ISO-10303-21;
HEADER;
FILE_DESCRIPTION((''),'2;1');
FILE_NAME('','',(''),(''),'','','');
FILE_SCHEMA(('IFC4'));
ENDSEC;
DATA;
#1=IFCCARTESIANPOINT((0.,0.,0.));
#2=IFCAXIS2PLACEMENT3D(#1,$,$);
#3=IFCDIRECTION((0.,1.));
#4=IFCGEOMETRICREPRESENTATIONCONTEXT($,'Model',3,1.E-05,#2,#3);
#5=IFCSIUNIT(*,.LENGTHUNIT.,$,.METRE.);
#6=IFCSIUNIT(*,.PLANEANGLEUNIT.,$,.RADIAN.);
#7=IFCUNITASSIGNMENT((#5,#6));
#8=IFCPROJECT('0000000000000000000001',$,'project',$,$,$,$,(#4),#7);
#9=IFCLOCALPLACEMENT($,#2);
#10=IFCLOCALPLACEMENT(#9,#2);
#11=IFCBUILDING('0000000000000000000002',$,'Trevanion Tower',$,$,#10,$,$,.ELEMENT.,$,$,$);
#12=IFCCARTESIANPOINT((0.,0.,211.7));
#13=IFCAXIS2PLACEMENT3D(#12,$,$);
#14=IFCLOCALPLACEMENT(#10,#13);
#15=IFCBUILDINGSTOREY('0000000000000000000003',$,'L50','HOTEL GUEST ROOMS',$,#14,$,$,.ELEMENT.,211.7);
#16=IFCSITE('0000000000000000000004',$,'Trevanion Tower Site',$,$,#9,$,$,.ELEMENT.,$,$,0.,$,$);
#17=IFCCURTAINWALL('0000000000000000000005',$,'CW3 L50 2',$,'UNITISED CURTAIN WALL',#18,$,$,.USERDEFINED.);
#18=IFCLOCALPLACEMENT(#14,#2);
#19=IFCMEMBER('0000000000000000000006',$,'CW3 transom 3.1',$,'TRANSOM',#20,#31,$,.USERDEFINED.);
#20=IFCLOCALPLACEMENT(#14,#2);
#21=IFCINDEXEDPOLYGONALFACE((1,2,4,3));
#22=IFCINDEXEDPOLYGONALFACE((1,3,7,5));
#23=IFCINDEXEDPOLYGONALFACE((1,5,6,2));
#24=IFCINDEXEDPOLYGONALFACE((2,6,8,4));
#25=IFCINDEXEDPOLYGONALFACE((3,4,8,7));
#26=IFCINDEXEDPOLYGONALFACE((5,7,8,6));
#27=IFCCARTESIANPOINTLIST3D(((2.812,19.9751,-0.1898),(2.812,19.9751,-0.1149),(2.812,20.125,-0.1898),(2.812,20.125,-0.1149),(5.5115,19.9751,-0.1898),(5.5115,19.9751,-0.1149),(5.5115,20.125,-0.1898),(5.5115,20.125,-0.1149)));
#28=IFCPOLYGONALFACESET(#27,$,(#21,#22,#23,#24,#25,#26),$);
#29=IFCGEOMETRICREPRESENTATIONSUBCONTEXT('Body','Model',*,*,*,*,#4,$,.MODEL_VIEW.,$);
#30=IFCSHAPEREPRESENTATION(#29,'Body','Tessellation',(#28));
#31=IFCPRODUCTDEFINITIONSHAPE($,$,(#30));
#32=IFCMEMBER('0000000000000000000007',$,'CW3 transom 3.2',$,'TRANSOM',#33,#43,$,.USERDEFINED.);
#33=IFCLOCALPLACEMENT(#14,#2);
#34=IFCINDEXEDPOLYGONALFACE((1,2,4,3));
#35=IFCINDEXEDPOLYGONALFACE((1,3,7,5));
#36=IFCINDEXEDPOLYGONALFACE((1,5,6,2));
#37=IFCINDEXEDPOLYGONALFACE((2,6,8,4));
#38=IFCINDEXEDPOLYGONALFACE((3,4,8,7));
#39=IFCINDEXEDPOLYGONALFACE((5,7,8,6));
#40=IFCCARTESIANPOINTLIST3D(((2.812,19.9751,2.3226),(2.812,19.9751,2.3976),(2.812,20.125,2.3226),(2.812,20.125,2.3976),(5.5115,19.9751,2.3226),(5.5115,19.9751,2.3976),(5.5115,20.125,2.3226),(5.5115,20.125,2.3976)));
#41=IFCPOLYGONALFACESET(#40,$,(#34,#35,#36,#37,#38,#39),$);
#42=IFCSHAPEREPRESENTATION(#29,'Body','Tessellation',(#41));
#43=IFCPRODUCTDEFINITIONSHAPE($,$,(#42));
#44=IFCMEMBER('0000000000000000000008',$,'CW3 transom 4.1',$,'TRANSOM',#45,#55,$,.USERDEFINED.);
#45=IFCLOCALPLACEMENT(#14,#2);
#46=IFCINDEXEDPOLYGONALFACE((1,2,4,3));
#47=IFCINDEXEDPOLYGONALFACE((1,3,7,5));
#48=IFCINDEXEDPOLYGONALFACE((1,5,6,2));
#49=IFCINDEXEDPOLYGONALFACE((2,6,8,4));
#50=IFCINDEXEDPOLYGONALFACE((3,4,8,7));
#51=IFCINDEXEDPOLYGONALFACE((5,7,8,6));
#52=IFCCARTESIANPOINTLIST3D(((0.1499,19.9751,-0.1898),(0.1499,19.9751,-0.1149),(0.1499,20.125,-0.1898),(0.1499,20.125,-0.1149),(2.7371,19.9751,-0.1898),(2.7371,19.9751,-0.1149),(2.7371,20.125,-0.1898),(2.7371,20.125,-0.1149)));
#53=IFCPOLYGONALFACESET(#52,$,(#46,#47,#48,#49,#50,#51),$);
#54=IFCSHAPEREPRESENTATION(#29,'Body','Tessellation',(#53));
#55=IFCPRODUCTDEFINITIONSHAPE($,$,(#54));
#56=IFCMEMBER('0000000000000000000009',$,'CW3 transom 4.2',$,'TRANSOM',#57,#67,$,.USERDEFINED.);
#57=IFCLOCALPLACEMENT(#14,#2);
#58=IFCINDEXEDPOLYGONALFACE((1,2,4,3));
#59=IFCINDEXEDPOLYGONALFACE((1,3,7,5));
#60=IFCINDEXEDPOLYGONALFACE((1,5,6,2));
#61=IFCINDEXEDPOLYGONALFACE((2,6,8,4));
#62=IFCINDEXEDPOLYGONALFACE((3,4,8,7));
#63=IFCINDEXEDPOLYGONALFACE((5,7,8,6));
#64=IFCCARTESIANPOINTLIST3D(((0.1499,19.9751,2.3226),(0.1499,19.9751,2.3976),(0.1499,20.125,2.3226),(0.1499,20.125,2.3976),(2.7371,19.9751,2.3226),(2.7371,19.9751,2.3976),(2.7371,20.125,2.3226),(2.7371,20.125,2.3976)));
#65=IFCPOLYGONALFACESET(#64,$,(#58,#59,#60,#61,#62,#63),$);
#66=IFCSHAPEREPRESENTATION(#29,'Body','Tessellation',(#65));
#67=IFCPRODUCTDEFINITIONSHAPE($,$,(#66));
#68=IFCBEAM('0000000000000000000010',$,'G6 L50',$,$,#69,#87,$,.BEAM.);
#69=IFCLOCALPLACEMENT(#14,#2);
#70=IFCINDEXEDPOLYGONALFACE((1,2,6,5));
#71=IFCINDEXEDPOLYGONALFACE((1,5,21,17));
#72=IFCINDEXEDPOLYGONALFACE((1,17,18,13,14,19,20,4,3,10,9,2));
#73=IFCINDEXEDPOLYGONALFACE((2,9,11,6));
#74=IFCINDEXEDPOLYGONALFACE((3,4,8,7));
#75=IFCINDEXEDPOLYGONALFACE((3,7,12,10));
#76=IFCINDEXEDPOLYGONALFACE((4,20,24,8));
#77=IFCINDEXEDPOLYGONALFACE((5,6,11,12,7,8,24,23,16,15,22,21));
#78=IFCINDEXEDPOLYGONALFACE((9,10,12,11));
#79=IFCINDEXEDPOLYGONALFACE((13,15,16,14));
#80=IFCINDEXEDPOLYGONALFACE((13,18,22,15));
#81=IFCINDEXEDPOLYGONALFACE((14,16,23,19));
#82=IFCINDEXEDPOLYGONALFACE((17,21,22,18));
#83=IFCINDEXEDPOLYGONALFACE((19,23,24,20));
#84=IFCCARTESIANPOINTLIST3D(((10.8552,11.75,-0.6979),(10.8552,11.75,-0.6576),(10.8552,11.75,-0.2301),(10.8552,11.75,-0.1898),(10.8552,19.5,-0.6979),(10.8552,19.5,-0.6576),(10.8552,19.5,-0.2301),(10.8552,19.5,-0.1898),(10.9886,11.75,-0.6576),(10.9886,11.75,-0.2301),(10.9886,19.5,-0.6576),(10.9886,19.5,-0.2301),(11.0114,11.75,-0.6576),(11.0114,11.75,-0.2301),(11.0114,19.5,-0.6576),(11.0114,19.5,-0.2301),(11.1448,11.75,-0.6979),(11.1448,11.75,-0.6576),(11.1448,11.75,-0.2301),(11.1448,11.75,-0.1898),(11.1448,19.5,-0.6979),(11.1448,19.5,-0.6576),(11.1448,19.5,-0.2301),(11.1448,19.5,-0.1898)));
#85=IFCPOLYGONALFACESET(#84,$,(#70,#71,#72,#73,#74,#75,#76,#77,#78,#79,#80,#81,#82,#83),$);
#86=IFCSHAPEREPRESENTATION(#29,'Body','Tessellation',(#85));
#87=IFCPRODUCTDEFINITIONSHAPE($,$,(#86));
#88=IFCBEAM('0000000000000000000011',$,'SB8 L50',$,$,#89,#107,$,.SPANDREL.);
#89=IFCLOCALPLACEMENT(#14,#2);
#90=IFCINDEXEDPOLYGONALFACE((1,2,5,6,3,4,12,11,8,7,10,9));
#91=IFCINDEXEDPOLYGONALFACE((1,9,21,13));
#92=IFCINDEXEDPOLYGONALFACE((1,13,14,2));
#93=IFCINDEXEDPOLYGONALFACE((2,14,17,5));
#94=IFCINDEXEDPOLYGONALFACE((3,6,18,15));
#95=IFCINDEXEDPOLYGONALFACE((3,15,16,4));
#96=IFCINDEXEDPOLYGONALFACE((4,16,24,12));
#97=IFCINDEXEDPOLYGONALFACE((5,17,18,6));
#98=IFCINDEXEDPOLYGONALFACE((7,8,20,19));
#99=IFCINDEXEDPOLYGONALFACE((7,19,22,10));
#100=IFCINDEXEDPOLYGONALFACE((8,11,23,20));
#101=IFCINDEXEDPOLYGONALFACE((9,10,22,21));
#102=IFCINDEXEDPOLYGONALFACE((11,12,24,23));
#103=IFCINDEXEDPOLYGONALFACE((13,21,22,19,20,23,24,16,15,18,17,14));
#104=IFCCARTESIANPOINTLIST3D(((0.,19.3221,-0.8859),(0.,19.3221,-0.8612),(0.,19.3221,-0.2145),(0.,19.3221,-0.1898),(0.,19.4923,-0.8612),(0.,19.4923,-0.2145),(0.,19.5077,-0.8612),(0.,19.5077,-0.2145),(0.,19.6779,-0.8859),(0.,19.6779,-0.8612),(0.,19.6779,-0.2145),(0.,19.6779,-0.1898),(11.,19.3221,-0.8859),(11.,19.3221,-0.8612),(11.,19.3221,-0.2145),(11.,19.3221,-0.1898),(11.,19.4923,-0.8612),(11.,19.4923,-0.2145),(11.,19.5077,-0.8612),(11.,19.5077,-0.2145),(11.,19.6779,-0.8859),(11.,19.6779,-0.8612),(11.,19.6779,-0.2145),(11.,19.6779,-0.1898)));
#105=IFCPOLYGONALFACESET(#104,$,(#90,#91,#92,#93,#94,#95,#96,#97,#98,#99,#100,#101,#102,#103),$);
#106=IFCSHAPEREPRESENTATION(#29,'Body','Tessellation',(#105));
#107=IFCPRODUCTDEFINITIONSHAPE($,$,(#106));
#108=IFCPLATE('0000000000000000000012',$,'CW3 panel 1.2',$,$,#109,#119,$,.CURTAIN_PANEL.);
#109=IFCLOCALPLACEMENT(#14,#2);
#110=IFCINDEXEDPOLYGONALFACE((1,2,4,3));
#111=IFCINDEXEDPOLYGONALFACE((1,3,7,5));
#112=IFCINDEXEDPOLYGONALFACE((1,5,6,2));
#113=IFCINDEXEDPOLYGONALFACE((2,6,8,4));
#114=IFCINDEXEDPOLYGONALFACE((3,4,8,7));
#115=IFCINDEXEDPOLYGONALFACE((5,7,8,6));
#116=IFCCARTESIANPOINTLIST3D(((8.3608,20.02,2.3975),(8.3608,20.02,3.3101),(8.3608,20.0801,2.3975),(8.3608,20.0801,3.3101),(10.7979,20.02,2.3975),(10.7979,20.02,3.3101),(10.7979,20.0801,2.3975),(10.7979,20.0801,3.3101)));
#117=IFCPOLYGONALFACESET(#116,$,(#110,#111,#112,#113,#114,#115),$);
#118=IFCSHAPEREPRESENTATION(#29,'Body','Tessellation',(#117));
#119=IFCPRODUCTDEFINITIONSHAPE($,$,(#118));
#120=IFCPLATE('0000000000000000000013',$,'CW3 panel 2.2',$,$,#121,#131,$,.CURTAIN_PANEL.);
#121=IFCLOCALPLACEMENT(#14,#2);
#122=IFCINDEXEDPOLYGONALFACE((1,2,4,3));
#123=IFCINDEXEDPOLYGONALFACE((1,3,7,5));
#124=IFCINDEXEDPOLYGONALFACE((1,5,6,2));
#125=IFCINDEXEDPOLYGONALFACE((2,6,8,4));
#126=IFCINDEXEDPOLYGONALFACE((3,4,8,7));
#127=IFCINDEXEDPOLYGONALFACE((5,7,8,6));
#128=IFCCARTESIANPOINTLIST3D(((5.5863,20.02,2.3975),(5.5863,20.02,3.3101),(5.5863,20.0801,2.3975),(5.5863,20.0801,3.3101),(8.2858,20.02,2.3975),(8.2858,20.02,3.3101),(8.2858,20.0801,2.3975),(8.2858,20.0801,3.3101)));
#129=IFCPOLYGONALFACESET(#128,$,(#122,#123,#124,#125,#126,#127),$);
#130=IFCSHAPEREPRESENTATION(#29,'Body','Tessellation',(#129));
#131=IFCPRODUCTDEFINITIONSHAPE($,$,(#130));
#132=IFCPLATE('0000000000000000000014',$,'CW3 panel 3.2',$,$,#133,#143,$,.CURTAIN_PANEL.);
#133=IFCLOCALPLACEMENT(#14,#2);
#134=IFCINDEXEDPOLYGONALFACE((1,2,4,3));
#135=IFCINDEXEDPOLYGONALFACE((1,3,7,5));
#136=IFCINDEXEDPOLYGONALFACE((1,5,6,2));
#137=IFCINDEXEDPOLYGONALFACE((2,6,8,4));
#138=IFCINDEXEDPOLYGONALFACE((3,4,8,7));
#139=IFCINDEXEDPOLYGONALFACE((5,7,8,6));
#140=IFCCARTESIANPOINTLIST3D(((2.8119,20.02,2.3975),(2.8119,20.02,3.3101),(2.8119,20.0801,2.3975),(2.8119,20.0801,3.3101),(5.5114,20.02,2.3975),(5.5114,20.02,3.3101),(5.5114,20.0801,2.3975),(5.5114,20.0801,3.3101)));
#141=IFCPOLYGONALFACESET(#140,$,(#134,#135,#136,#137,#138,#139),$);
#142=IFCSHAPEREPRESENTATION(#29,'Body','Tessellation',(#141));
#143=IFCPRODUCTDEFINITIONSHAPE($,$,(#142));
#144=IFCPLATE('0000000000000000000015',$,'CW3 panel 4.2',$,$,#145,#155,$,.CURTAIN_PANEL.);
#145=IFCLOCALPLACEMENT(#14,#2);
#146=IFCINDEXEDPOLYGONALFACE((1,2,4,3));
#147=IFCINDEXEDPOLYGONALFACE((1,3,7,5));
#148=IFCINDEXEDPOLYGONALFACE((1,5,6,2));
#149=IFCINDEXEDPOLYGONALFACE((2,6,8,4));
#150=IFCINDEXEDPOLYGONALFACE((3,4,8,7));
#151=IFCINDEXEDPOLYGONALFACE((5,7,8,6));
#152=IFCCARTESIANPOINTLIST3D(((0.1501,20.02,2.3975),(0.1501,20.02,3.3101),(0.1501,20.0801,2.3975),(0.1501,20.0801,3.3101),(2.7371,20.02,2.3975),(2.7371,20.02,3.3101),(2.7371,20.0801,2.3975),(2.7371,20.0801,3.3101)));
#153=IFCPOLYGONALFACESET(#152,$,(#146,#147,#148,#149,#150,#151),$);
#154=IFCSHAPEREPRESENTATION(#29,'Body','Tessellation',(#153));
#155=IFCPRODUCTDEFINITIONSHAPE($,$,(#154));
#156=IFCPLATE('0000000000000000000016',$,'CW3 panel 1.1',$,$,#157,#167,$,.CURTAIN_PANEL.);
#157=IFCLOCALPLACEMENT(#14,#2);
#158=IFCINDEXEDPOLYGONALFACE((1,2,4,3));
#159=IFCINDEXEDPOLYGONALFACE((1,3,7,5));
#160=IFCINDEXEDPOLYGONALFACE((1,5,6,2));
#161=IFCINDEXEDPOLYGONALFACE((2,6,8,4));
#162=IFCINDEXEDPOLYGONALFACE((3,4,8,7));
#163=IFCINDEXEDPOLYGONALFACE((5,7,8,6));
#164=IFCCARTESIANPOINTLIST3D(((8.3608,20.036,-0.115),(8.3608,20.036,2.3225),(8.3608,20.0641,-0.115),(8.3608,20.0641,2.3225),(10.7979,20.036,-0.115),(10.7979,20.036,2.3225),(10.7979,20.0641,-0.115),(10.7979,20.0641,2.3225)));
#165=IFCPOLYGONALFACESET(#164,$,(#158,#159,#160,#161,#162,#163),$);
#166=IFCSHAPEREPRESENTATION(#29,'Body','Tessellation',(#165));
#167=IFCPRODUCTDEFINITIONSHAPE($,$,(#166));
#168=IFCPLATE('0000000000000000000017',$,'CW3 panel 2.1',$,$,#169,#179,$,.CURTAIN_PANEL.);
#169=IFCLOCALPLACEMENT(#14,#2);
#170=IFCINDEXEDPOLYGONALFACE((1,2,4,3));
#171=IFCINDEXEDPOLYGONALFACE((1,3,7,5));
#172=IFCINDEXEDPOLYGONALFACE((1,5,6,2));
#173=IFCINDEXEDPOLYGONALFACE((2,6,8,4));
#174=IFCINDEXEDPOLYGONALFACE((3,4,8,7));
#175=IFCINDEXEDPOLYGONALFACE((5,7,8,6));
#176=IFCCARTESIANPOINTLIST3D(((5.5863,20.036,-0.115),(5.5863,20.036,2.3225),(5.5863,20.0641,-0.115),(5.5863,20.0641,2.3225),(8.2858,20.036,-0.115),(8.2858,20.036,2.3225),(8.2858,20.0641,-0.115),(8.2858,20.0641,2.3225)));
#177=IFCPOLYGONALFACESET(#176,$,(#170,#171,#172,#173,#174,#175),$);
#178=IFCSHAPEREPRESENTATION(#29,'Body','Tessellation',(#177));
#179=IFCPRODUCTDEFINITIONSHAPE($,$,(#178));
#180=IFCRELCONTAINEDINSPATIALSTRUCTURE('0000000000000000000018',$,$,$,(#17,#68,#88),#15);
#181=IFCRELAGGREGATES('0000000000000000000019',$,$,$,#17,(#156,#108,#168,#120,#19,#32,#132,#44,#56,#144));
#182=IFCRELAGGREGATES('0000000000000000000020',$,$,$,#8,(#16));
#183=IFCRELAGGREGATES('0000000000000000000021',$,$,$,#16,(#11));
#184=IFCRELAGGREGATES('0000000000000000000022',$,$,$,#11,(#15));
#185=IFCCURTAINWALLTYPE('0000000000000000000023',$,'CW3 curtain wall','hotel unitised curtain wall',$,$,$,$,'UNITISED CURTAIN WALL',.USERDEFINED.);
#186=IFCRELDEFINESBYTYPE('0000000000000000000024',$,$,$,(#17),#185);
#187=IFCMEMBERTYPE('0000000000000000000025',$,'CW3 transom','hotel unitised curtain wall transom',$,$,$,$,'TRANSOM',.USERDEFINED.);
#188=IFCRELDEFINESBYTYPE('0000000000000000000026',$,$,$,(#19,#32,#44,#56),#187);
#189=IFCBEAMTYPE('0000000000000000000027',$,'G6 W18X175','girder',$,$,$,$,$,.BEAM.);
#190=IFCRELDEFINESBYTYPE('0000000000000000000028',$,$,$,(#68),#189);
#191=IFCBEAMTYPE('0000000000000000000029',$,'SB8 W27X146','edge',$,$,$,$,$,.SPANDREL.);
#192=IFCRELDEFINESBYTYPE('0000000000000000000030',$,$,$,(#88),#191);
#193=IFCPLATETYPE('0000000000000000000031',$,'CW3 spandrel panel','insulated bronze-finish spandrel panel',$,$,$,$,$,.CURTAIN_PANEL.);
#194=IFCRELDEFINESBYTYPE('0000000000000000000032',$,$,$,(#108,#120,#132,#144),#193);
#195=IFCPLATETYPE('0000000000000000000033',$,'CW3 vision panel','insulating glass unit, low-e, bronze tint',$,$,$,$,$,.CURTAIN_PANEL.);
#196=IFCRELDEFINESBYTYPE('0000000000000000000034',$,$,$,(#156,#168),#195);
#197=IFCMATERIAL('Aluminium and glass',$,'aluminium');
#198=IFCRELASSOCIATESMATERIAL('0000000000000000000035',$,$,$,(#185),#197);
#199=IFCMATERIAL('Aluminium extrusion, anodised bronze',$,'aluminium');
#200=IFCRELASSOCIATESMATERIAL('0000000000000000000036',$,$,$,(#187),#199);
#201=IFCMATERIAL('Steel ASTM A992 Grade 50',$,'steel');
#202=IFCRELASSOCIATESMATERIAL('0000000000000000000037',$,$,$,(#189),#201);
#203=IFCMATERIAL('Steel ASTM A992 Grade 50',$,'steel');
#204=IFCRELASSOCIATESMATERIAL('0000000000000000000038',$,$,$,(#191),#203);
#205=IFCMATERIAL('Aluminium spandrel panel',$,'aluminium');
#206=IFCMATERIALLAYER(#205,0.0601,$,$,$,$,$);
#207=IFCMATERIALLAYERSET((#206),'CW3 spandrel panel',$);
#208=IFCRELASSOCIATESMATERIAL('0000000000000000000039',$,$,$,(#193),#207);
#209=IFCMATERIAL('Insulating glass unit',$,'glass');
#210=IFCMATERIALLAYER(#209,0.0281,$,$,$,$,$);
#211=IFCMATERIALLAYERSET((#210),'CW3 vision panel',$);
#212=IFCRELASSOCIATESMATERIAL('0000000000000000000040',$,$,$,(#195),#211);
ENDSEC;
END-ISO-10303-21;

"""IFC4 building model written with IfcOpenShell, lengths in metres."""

from ifc_helpers import new_model, si_unit, direction, frame, origin, origin_2d, place, context, subcontext, project, spatial, rectangle, i_section, extrude, material, layer, layer_set, material_profile, profile_set, type_object, element, aggregate, save


model = new_model("IFC4")

# Units and contexts
model_context = context("Model", 3, precision=1e-05, world=origin(), true_north=direction((0.0, 1.0)))
body_context = subcontext(model_context, "Body", "Model", "MODEL_VIEW")
ifc_project = project(units=[si_unit("LENGTHUNIT", "METRE"), si_unit("PLANEANGLEUNIT", "RADIAN")], contexts=[model_context])

# Site, building, storey
site_placement = place(None, origin())
site = spatial("IfcSite", under=ifc_project, at=site_placement, Name="Trevanion Tower Site", CompositionType="ELEMENT", RefElevation=0.0)
building_placement = place(site_placement, origin())
building = spatial("IfcBuilding", under=site, at=building_placement, Name="Trevanion Tower", CompositionType="ELEMENT")
storey_placement = place(building_placement, frame((0.0, 0.0, 211.7)))
storey = spatial("IfcBuildingStorey", under=building, at=storey_placement, Name="L50", Description="HOTEL GUEST ROOMS", CompositionType="ELEMENT", Elevation=211.7)

# Curtain wall
ifc_material_1 = material(Name="Aluminium and glass", Category="aluminium")
curtain_wall_type = type_object("IfcCurtainWallType", Name="CW3 curtain wall", Description="hotel unitised curtain wall", ElementType="UNITISED CURTAIN WALL", PredefinedType="USERDEFINED", material=ifc_material_1)
curtain_wall_1_placement = place(storey_placement, origin())
curtain_wall_1 = element("IfcCurtainWall", 1, at=curtain_wall_1_placement, inside=storey, type_object=curtain_wall_type, Name="CW3 L50 2", ObjectType="UNITISED CURTAIN WALL", PredefinedType="USERDEFINED")

# Members
ifc_material_2 = material(Name="Aluminium extrusion, anodised bronze", Category="aluminium")
ifc_material_profile_1 = material_profile(ifc_material_2, rectangle(XDim=0.1499, YDim=0.075, at=origin_2d()), Name="CW3 transom")
ifc_profile_set_1 = profile_set([ifc_material_profile_1], Name="Aluminium extrusion, anodised bronze")
member_type_1 = type_object("IfcMemberType", Name="CW3 transom", Description="hotel unitised curtain wall transom", ElementType="TRANSOM", PredefinedType="USERDEFINED", material=ifc_profile_set_1)
member_1_placement = place(storey_placement, frame((5.5115, 20.05, -0.1523), z_axis=(-1.0, 0.0, 0.0), x_axis=(0.0, -1.0, 0.0)))
member_1 = element("IfcMember", 2, at=member_1_placement, type_object=member_type_1, Name="CW3 transom 3.1", ObjectType="TRANSOM", PredefinedType="USERDEFINED", context=body_context, shape_type="SweptSolid", body=[
    extrude(rectangle(XDim=0.1499, YDim=0.075, at=origin_2d()), origin(), (0.0, 0.0, 1.0), 2.6995),
])
member_2_placement = place(storey_placement, frame((5.5115, 20.05, 2.3601), z_axis=(-1.0, 0.0, 0.0), x_axis=(0.0, -1.0, 0.0)))
member_2 = element("IfcMember", 3, at=member_2_placement, type_object=member_type_1, Name="CW3 transom 3.2", ObjectType="TRANSOM", PredefinedType="USERDEFINED", context=body_context, shape_type="SweptSolid", body=[
    extrude(rectangle(XDim=0.1499, YDim=0.075, at=origin_2d()), origin(), (0.0, 0.0, 1.0), 2.6995),
])
member_3_placement = place(storey_placement, frame((2.7371, 20.05, -0.1523), z_axis=(-1.0, 0.0, 0.0), x_axis=(0.0, -1.0, 0.0)))
member_3 = element("IfcMember", 4, at=member_3_placement, type_object=member_type_1, Name="CW3 transom 4.1", ObjectType="TRANSOM", PredefinedType="USERDEFINED", context=body_context, shape_type="SweptSolid", body=[
    extrude(rectangle(XDim=0.1499, YDim=0.075, at=origin_2d()), origin(), (0.0, 0.0, 1.0), 2.5872),
])
member_4_placement = place(storey_placement, frame((2.7371, 20.05, 2.3601), z_axis=(-1.0, 0.0, 0.0), x_axis=(0.0, -1.0, 0.0)))
member_4 = element("IfcMember", 5, at=member_4_placement, type_object=member_type_1, Name="CW3 transom 4.2", ObjectType="TRANSOM", PredefinedType="USERDEFINED", context=body_context, shape_type="SweptSolid", body=[
    extrude(rectangle(XDim=0.1499, YDim=0.075, at=origin_2d()), origin(), (0.0, 0.0, 1.0), 2.5872),
])

# Beams
ifc_material_3 = material(Name="Steel ASTM A992 Grade 50", Category="steel")
ifc_material_profile_2 = material_profile(ifc_material_3, i_section(OverallWidth=0.2896, OverallDepth=0.5081, WebThickness=0.0227, FlangeThickness=0.0403, at=origin_2d()), Name="W18X175")
ifc_profile_set_2 = profile_set([ifc_material_profile_2], Name="Steel ASTM A992 Grade 50")
beam_type_1 = type_object("IfcBeamType", Name="G6 W18X175", Description="girder", PredefinedType="BEAM", material=ifc_profile_set_2)
beam_1_placement = place(storey_placement, frame((11.0, 11.75, -0.4438), z_axis=(0.0, 1.0, 0.0), x_axis=(-1.0, 0.0, 0.0)))
element("IfcBeam", 6, at=beam_1_placement, inside=storey, type_object=beam_type_1, Name="G6 L50", PredefinedType="BEAM", context=body_context, shape_type="SweptSolid", body=[
    extrude(i_section(OverallWidth=0.2896, OverallDepth=0.5081, WebThickness=0.0227, FlangeThickness=0.0403, at=origin_2d()), origin(), (0.0, 0.0, 1.0), 7.75),
])
ifc_material_4 = material(Name="Steel ASTM A992 Grade 50", Category="steel")
ifc_material_profile_3 = material_profile(ifc_material_4, i_section(OverallWidth=0.3557, OverallDepth=0.696, WebThickness=0.0154, FlangeThickness=0.0247, at=origin_2d()), Name="W27X146")
ifc_profile_set_3 = profile_set([ifc_material_profile_3], Name="Steel ASTM A992 Grade 50")
beam_type_2 = type_object("IfcBeamType", Name="SB8 W27X146", Description="edge", PredefinedType="SPANDREL", material=ifc_profile_set_3)
beam_2_placement = place(storey_placement, frame((11.0, 19.5, -0.5378), z_axis=(-1.0, 0.0, 0.0), x_axis=(0.0, -1.0, 0.0)))
element("IfcBeam", 7, at=beam_2_placement, inside=storey, type_object=beam_type_2, Name="SB8 L50", PredefinedType="SPANDREL", context=body_context, shape_type="SweptSolid", body=[
    extrude(i_section(OverallWidth=0.3557, OverallDepth=0.696, WebThickness=0.0154, FlangeThickness=0.0247, at=origin_2d()), origin(), (0.0, 0.0, 1.0), 11.0),
])

# Plates
ifc_material_5 = material(Name="Aluminium spandrel panel", Category="aluminium")
ifc_layer_1 = layer(ifc_material_5, 0.0601)
ifc_layer_set_1 = layer_set([ifc_layer_1], Name="CW3 spandrel panel")
plate_type_1 = type_object("IfcPlateType", Name="CW3 spandrel panel", Description="insulated bronze-finish spandrel panel", PredefinedType="CURTAIN_PANEL", material=ifc_layer_set_1)
plate_1_placement = place(storey_placement, frame((9.5793, 20.05, 2.3975), z_axis=(0.0, 0.0, 1.0), x_axis=(-1.0, 0.0, 0.0)))
plate_1 = element("IfcPlate", 8, at=plate_1_placement, type_object=plate_type_1, Name="CW3 panel 1.2", PredefinedType="CURTAIN_PANEL", context=body_context, shape_type="SweptSolid", body=[
    extrude(rectangle(XDim=2.437, YDim=0.0601, at=origin_2d()), origin(), (0.0, 0.0, 1.0), 0.9126),
])
plate_2_placement = place(storey_placement, frame((6.936, 20.05, 2.3975), z_axis=(0.0, 0.0, 1.0), x_axis=(-1.0, 0.0, 0.0)))
plate_2 = element("IfcPlate", 9, at=plate_2_placement, type_object=plate_type_1, Name="CW3 panel 2.2", PredefinedType="CURTAIN_PANEL", context=body_context, shape_type="SweptSolid", body=[
    extrude(rectangle(XDim=2.6995, YDim=0.0601, at=origin_2d()), origin(), (0.0, 0.0, 1.0), 0.9126),
])
plate_3_placement = place(storey_placement, frame((4.1616, 20.05, 2.3975), z_axis=(0.0, 0.0, 1.0), x_axis=(-1.0, 0.0, 0.0)))
plate_3 = element("IfcPlate", 10, at=plate_3_placement, type_object=plate_type_1, Name="CW3 panel 3.2", PredefinedType="CURTAIN_PANEL", context=body_context, shape_type="SweptSolid", body=[
    extrude(rectangle(XDim=2.6995, YDim=0.0601, at=origin_2d()), origin(), (0.0, 0.0, 1.0), 0.9126),
])
plate_4_placement = place(storey_placement, frame((1.4436, 20.05, 2.3975), z_axis=(0.0, 0.0, 1.0), x_axis=(-1.0, 0.0, 0.0)))
plate_4 = element("IfcPlate", 11, at=plate_4_placement, type_object=plate_type_1, Name="CW3 panel 4.2", PredefinedType="CURTAIN_PANEL", context=body_context, shape_type="SweptSolid", body=[
    extrude(rectangle(XDim=2.5869, YDim=0.0601, at=origin_2d()), origin(), (0.0, 0.0, 1.0), 0.9126),
])
ifc_material_6 = material(Name="Insulating glass unit", Category="glass")
ifc_layer_2 = layer(ifc_material_6, 0.0281)
ifc_layer_set_2 = layer_set([ifc_layer_2], Name="CW3 vision panel")
plate_type_2 = type_object("IfcPlateType", Name="CW3 vision panel", Description="insulating glass unit, low-e, bronze tint", PredefinedType="CURTAIN_PANEL", material=ifc_layer_set_2)
plate_5_placement = place(storey_placement, frame((9.5793, 20.05, -0.115), z_axis=(0.0, 0.0, 1.0), x_axis=(-1.0, 0.0, 0.0)))
plate_5 = element("IfcPlate", 12, at=plate_5_placement, type_object=plate_type_2, Name="CW3 panel 1.1", PredefinedType="CURTAIN_PANEL", context=body_context, shape_type="SweptSolid", body=[
    extrude(rectangle(XDim=2.437, YDim=0.0281, at=origin_2d()), origin(), (0.0, 0.0, 1.0), 2.4375),
])
plate_6_placement = place(storey_placement, frame((6.936, 20.05, -0.115), z_axis=(0.0, 0.0, 1.0), x_axis=(-1.0, 0.0, 0.0)))
plate_6 = element("IfcPlate", 13, at=plate_6_placement, type_object=plate_type_2, Name="CW3 panel 2.1", PredefinedType="CURTAIN_PANEL", context=body_context, shape_type="SweptSolid", body=[
    extrude(rectangle(XDim=2.6995, YDim=0.0281, at=origin_2d()), origin(), (0.0, 0.0, 1.0), 2.4375),
])
aggregate(curtain_wall_1, [plate_5, plate_1, plate_6, plate_2, member_1, member_2, plate_3, member_3, member_4, plate_4])

save(model, "model.ifc")
